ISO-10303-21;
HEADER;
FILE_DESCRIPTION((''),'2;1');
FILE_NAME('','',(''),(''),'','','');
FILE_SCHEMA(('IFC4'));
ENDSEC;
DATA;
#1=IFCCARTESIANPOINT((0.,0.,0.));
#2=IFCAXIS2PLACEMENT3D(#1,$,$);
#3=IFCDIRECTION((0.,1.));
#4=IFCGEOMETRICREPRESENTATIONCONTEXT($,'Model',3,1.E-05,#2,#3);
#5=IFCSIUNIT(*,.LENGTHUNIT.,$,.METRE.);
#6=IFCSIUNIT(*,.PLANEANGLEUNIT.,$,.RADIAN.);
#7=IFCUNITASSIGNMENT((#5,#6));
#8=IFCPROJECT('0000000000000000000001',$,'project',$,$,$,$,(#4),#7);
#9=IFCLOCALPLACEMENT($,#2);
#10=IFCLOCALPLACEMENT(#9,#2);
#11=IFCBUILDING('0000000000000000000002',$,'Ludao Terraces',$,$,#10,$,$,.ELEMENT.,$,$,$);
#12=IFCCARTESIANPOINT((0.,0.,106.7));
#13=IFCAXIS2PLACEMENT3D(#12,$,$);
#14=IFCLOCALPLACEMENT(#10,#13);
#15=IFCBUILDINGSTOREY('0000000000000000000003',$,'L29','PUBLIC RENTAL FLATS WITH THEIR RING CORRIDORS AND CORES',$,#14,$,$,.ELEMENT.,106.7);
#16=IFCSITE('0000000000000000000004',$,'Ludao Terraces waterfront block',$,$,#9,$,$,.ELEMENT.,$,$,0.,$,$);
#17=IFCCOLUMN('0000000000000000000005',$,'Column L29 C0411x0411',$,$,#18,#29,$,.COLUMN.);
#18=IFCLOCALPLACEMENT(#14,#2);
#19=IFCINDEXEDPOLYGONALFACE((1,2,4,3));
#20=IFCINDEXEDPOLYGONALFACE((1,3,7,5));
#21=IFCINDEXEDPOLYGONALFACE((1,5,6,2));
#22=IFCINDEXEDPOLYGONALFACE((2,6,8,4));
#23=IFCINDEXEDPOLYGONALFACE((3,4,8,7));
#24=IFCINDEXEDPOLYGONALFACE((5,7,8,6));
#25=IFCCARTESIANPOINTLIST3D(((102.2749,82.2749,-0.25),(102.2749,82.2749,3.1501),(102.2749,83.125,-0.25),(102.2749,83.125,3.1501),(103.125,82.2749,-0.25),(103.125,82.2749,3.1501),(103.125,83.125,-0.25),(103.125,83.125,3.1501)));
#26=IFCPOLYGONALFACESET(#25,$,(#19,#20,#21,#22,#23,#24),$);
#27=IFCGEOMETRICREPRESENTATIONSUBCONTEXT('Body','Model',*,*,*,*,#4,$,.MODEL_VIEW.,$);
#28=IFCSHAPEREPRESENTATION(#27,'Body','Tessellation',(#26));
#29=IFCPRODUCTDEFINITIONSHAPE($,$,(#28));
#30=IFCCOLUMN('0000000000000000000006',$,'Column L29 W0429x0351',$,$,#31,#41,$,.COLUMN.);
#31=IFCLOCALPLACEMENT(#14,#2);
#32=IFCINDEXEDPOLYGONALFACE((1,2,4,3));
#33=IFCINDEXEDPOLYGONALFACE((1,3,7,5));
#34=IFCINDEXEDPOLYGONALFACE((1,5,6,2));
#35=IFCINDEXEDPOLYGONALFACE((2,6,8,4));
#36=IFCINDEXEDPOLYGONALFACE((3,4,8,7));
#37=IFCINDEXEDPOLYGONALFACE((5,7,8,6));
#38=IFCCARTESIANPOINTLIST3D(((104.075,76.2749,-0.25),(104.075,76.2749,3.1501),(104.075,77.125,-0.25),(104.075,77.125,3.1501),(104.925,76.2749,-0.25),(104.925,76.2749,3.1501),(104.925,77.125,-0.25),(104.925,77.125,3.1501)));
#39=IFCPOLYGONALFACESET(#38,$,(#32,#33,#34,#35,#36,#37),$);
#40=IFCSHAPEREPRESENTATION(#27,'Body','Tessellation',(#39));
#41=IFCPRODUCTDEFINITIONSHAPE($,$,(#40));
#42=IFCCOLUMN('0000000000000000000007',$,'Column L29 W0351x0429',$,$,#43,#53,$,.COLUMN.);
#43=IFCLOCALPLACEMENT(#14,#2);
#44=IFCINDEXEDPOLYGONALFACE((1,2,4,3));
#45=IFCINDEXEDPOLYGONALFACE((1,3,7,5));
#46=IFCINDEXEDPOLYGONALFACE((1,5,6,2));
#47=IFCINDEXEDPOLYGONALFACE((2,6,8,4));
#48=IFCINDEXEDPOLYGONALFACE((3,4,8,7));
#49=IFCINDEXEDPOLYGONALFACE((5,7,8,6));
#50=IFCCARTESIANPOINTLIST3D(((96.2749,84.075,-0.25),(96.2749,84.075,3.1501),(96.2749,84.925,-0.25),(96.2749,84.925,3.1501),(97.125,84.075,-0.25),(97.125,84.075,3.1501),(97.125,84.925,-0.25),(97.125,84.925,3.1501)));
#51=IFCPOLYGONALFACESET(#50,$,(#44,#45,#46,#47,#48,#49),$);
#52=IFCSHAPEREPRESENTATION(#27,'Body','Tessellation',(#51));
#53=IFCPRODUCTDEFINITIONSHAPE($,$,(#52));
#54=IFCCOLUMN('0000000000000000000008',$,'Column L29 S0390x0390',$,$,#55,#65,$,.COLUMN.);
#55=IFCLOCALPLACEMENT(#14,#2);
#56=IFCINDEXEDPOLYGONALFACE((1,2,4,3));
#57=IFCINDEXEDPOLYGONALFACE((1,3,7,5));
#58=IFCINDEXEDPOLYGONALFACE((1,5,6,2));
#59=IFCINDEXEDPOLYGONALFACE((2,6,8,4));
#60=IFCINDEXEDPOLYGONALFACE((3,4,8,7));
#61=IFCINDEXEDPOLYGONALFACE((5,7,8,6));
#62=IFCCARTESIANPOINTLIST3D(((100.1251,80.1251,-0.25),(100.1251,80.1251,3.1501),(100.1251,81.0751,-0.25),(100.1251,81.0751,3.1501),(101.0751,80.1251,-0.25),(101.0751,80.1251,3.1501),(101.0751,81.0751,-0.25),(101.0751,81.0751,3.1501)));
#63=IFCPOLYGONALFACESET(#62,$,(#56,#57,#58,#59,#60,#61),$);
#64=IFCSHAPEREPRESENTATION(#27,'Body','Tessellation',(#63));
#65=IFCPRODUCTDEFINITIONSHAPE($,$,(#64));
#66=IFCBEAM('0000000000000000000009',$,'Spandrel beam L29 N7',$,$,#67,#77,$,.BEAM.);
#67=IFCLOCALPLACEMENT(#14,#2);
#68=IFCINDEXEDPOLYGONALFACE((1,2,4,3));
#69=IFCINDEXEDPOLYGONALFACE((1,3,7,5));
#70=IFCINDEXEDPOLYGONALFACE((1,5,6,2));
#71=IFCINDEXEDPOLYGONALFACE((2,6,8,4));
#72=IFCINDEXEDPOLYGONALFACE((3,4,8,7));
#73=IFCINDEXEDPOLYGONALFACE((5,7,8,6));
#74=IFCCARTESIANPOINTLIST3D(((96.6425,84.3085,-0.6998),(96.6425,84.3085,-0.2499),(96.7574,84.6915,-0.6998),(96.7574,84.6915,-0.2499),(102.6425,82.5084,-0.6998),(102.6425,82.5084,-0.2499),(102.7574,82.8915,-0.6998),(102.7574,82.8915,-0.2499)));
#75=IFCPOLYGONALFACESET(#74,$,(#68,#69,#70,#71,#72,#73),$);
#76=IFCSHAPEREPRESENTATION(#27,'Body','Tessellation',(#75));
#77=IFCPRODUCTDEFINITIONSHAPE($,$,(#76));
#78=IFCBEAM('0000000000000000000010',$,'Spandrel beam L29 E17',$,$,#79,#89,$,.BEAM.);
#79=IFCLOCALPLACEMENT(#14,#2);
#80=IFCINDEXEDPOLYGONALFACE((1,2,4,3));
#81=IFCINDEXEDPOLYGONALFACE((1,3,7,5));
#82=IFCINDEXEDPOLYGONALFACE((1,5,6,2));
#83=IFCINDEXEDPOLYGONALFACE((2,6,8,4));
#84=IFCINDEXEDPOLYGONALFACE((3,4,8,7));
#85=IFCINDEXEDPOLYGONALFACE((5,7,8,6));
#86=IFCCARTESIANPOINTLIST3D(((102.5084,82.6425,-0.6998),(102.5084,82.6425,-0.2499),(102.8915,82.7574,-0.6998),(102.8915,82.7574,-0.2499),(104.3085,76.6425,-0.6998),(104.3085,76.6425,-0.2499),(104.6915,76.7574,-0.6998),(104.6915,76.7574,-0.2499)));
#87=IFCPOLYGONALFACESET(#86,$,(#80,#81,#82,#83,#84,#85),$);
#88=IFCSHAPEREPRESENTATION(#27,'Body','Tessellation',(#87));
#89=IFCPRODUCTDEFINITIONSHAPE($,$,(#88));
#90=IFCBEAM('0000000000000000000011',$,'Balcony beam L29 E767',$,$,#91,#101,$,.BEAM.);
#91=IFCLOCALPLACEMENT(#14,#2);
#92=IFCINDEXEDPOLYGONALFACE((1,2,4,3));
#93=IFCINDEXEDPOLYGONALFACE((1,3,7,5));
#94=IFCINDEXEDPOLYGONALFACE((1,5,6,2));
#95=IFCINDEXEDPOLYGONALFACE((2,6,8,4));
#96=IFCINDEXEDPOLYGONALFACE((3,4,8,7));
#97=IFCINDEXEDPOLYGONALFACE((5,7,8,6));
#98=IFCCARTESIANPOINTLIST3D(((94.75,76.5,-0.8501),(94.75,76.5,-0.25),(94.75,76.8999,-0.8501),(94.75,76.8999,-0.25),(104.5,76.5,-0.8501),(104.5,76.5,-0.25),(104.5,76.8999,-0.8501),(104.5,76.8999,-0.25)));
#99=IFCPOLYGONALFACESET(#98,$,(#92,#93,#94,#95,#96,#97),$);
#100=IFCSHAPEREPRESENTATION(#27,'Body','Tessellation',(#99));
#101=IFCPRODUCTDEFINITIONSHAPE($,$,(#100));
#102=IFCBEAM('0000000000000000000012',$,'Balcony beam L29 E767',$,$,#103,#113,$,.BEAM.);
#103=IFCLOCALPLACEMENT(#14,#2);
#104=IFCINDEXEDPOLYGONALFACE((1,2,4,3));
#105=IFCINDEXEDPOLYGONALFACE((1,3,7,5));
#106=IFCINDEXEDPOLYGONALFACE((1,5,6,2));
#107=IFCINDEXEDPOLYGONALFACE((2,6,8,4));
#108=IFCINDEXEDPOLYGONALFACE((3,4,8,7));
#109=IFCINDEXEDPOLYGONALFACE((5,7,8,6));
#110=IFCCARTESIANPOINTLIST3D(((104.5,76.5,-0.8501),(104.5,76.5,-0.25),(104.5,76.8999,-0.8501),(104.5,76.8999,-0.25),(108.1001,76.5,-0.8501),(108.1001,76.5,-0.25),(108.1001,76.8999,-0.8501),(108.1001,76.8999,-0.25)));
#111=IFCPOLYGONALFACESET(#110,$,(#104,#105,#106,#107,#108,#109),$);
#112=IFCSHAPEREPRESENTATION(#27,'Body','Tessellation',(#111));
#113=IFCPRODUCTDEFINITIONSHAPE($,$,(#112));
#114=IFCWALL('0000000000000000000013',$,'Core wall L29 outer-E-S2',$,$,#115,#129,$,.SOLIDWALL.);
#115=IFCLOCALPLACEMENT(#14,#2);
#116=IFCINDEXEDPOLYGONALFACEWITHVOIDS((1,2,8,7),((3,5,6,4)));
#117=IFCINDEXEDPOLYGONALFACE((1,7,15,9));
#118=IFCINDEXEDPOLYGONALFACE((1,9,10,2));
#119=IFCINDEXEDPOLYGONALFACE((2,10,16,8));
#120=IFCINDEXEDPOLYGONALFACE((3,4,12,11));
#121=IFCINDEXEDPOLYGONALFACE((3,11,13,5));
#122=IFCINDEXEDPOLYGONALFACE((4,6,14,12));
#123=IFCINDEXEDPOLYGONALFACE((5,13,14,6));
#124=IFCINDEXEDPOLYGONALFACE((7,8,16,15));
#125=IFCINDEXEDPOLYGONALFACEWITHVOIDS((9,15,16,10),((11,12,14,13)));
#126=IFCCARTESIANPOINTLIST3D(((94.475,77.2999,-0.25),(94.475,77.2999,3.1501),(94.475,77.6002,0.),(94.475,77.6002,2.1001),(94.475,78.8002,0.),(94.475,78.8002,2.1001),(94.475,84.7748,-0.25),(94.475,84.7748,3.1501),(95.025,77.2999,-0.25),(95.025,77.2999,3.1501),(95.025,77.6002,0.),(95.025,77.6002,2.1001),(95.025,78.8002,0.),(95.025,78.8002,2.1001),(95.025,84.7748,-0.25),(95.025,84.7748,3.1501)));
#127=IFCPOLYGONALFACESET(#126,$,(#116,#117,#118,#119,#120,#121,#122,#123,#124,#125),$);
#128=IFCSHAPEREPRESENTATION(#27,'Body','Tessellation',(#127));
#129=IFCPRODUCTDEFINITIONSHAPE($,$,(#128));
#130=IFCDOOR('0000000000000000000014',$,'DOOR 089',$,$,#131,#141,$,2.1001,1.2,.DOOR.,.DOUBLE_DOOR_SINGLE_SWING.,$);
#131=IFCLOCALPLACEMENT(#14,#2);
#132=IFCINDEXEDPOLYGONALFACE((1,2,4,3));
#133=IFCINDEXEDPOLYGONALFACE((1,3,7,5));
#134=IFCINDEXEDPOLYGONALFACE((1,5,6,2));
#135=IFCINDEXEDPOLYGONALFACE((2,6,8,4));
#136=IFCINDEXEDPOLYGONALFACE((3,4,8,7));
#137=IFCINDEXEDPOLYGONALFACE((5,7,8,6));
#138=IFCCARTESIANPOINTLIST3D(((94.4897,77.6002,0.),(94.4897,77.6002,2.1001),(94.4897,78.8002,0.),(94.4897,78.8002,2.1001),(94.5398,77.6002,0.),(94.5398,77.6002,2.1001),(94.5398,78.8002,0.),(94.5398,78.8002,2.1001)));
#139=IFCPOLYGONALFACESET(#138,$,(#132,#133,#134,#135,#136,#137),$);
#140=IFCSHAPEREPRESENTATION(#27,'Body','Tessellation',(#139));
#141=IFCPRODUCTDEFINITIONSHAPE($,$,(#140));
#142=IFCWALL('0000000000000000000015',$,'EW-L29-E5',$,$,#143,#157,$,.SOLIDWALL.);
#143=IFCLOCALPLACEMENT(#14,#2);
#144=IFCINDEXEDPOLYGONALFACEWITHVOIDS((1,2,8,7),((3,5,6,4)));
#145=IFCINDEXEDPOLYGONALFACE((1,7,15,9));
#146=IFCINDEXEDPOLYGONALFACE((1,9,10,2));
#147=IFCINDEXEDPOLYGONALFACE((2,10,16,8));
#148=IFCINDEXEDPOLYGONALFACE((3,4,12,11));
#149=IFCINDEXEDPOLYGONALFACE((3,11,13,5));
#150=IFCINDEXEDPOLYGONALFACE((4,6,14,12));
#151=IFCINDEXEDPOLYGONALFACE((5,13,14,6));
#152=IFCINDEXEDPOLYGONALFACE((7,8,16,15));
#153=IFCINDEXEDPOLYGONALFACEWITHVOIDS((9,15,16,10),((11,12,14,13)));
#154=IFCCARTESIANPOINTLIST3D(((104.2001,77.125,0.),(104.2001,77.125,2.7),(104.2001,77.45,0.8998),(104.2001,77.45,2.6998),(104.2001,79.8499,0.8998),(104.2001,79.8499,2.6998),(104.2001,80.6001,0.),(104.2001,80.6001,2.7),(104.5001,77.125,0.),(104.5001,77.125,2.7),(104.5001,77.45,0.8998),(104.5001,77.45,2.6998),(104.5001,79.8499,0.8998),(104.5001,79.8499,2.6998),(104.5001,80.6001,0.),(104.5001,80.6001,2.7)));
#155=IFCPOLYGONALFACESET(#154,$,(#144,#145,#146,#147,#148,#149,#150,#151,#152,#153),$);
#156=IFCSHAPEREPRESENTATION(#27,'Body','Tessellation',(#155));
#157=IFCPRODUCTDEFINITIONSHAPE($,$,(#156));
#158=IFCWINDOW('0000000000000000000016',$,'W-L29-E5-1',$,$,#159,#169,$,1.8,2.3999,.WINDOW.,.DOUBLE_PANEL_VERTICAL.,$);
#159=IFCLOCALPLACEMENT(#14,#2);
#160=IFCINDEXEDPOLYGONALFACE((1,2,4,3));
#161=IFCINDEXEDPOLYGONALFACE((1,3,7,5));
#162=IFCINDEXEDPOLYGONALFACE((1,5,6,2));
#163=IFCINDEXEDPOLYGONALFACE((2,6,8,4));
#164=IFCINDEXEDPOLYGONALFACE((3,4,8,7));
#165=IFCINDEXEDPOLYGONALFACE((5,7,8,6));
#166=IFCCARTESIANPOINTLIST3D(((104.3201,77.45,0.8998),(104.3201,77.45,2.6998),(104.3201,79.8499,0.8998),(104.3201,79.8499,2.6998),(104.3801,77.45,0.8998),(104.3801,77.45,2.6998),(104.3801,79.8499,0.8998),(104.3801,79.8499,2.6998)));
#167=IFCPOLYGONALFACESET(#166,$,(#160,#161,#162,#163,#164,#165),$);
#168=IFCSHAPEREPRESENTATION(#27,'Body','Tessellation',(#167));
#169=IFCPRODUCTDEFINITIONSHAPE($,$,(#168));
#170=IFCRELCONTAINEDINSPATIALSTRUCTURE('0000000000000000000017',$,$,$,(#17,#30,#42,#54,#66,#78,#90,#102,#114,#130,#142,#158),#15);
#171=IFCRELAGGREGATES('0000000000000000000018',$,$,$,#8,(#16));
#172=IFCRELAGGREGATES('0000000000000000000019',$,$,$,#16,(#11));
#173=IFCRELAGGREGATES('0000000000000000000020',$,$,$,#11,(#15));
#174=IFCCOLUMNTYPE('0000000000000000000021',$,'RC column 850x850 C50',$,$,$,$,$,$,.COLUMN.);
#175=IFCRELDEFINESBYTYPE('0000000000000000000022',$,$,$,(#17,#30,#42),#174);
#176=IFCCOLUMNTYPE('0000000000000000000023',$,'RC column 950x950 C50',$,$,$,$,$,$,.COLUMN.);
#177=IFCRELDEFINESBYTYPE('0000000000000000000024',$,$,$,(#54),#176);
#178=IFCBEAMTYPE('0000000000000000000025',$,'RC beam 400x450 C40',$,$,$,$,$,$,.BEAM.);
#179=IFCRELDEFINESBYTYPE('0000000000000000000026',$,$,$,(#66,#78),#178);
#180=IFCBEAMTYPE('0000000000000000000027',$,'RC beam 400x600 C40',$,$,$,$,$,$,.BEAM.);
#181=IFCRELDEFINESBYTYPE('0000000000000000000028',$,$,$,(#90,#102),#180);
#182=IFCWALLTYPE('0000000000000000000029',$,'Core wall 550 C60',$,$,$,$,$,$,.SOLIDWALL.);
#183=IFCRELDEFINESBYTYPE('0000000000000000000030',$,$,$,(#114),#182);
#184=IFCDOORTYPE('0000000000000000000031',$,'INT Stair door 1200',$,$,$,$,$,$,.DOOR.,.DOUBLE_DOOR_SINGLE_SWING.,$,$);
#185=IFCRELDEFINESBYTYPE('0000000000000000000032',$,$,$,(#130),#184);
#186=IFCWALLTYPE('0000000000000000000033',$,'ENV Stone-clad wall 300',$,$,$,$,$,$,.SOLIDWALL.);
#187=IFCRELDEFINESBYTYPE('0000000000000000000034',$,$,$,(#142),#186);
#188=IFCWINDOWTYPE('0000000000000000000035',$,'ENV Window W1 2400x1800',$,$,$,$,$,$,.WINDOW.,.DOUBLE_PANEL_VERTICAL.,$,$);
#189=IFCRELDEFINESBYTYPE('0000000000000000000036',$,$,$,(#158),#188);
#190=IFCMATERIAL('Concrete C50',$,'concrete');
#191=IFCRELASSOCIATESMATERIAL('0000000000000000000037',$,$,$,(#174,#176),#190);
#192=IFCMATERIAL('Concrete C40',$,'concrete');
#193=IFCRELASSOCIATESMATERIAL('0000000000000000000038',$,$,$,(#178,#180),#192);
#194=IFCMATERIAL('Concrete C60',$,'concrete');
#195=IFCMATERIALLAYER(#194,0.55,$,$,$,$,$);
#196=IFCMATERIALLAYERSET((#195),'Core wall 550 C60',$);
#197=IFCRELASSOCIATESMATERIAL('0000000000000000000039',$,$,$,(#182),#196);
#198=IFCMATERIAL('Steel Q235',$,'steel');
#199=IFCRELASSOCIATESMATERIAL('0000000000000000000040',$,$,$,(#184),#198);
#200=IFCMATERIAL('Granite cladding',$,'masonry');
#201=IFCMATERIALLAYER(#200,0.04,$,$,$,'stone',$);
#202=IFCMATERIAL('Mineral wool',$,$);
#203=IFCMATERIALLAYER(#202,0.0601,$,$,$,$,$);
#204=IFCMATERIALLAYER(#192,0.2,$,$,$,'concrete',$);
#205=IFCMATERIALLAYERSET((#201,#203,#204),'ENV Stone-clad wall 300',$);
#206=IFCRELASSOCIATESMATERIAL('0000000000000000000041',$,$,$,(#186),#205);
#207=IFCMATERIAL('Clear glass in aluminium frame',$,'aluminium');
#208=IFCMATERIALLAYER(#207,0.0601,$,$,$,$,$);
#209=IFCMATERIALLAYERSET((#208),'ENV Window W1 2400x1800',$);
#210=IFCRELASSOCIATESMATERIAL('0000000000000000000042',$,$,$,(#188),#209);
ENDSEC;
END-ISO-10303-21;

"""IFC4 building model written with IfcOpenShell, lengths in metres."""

from ifc_helpers import new_model, si_unit, direction, frame, frame_2d, origin, origin_2d, place, context, subcontext, project, spatial, rectangle, extrude, material, layer, layer_set, material_profile, profile_set, type_object, element, fill, save


model = new_model("IFC4")

# Units and contexts
model_context = context("Model", 3, precision=1e-05, world=origin(), true_north=direction((0.0, 1.0)))
body_context = subcontext(model_context, "Body", "Model", "MODEL_VIEW")
ifc_project = project(units=[si_unit("LENGTHUNIT", "METRE"), si_unit("PLANEANGLEUNIT", "RADIAN")], contexts=[model_context])

# Site, building, storey
site_placement = place(None, origin())
site = spatial("IfcSite", under=ifc_project, at=site_placement, Name="Ludao Terraces waterfront block", CompositionType="ELEMENT", RefElevation=0.0)
building_placement = place(site_placement, origin())
building = spatial("IfcBuilding", under=site, at=building_placement, Name="Ludao Terraces", CompositionType="ELEMENT")
storey_placement = place(building_placement, frame((0.0, 0.0, 106.7)))
storey = spatial("IfcBuildingStorey", under=building, at=storey_placement, Name="L29", Description="PUBLIC RENTAL FLATS WITH THEIR RING CORRIDORS AND CORES", CompositionType="ELEMENT", Elevation=106.7)

# Columns
ifc_material_1 = material(Name="Concrete C50", Category="concrete")
ifc_material_profile_1 = material_profile(ifc_material_1, rectangle(XDim=0.8501, YDim=0.8501, at=origin_2d()), Name="850 X 850")
ifc_profile_set_1 = profile_set([ifc_material_profile_1], Name="Concrete C50")
column_type_1 = type_object("IfcColumnType", Name="RC column 850x850 C50", PredefinedType="COLUMN", material=ifc_profile_set_1)
for number, where, z_axis, x_axis, name in (
    (1, (102.7, 82.7, -0.25), (0.0, 0.0, 1.0), (1.0, 0.0, 0.0), "Column L29 C0411x0411"),
    (2, (104.5, 76.7, -0.25), (0.0, 0.0, 1.0), (1.0, 0.0, 0.0), "Column L29 W0429x0351"),
    (3, (96.7, 84.5, -0.25), (0.0, 0.0, 1.0), (1.0, 0.0, 0.0), "Column L29 W0351x0429"),
):
    element("IfcColumn", number, at=place(storey_placement, frame(where, z_axis=z_axis, x_axis=x_axis)), inside=storey, type_object=column_type_1, Name=name, PredefinedType="COLUMN", context=body_context, shape_type="SweptSolid", body=[
        extrude(rectangle(XDim=0.8501, YDim=0.8501, at=origin_2d()), origin(), (0.0, 0.0, 1.0), 3.4001),
    ])
ifc_material_profile_2 = material_profile(ifc_material_1, rectangle(XDim=0.95, YDim=0.95, at=origin_2d()), Name="950 X 950")
ifc_profile_set_2 = profile_set([ifc_material_profile_2], Name="Concrete C50")
column_type_2 = type_object("IfcColumnType", Name="RC column 950x950 C50", PredefinedType="COLUMN", material=ifc_profile_set_2)
column_placement = place(storey_placement, frame((100.6001, 80.6001, -0.25), z_axis=(0.0, 0.0, 1.0), x_axis=(1.0, 0.0, 0.0)))
element("IfcColumn", 4, at=column_placement, inside=storey, type_object=column_type_2, Name="Column L29 S0390x0390", PredefinedType="COLUMN", context=body_context, shape_type="SweptSolid", body=[
    extrude(rectangle(XDim=0.95, YDim=0.95, at=origin_2d()), origin(), (0.0, 0.0, 1.0), 3.4001),
])

# Beams
ifc_material_2 = material(Name="Concrete C40", Category="concrete")
ifc_material_profile_3 = material_profile(ifc_material_2, rectangle(XDim=0.3999, YDim=0.45, at=origin_2d()), Name="400 X 450")
ifc_profile_set_3 = profile_set([ifc_material_profile_3], Name="Concrete C40")
beam_type_1 = type_object("IfcBeamType", Name="RC beam 400x450 C40", PredefinedType="BEAM", material=ifc_profile_set_3)
for number, where, z_axis, x_axis, name in (
    (5, (96.7, 84.5, -0.4749), (0.957824, -0.287355, 0.0), (0.287355, 0.957824, 0.0), "Spandrel beam L29 N7"),
    (6, (104.5, 76.7, -0.4749), (-0.287355, 0.957824, 0.0), (-0.957824, -0.287355, 0.0), "Spandrel beam L29 E17"),
):
    element("IfcBeam", number, at=place(storey_placement, frame(where, z_axis=z_axis, x_axis=x_axis)), inside=storey, type_object=beam_type_1, Name=name, PredefinedType="BEAM", context=body_context, shape_type="SweptSolid", body=[
        extrude(rectangle(XDim=0.3999, YDim=0.45, at=origin_2d()), origin(), (0.0, 0.0, 1.0), 6.2642),
    ])
ifc_material_profile_4 = material_profile(ifc_material_2, rectangle(XDim=0.3999, YDim=0.6001, at=origin_2d()), Name="400 X 600")
ifc_profile_set_4 = profile_set([ifc_material_profile_4], Name="Concrete C40")
beam_type_2 = type_object("IfcBeamType", Name="RC beam 400x600 C40", PredefinedType="BEAM", material=ifc_profile_set_4)
beam_1_placement = place(storey_placement, frame((94.75, 76.7, -0.55), z_axis=(1.0, 0.0, 0.0), x_axis=(0.0, 1.0, 0.0)))
element("IfcBeam", 7, at=beam_1_placement, inside=storey, type_object=beam_type_2, Name="Balcony beam L29 E767", PredefinedType="BEAM", context=body_context, shape_type="SweptSolid", body=[
    extrude(rectangle(XDim=0.3999, YDim=0.6001, at=origin_2d()), origin(), (0.0, 0.0, 1.0), 9.75),
])
beam_2_placement = place(storey_placement, frame((104.5, 76.7, -0.55), z_axis=(1.0, 0.0, 0.0), x_axis=(0.0, 1.0, 0.0)))
element("IfcBeam", 8, at=beam_2_placement, inside=storey, type_object=beam_type_2, Name="Balcony beam L29 E767", PredefinedType="BEAM", context=body_context, shape_type="SweptSolid", body=[
    extrude(rectangle(XDim=0.3999, YDim=0.6001, at=origin_2d()), origin(), (0.0, 0.0, 1.0), 3.6001),
])

# Wall, opening, door
ifc_material_3 = material(Name="Concrete C60", Category="concrete")
ifc_layer_1 = layer(ifc_material_3, 0.55)
ifc_layer_set_1 = layer_set([ifc_layer_1], Name="Core wall 550 C60")
wall_type_1 = type_object("IfcWallType", Name="Core wall 550 C60", PredefinedType="SOLIDWALL", material=ifc_layer_set_1)
wall_1_placement = place(storey_placement, frame((94.75, 77.3, -0.25), z_axis=(0.0, 0.0, 1.0), x_axis=(0.0, 1.0, 0.0)))
wall_1 = element("IfcWall", 9, at=wall_1_placement, inside=storey, type_object=wall_type_1, Name="Core wall L29 outer-E-S2", PredefinedType="SOLIDWALL", context=body_context, shape_type="SweptSolid", body=[
    extrude(rectangle(XDim=7.4749, YDim=0.55, at=frame_2d((3.7373, 0.0))), origin(), (0.0, 0.0, 1.0), 3.4001),
])
opening_1_placement = place(wall_1_placement, frame((0.3, 0.0, 0.25)))
opening_1 = element("IfcOpeningElement", 10, at=opening_1_placement, cuts=wall_1, PredefinedType="OPENING", context=body_context, shape_type="SweptSolid", body=[
    extrude(rectangle(XDim=1.2, YDim=2.1001, at=frame_2d((0.6001, 1.05))), frame((0.0, 0.2852, 0.0), z_axis=(0.0, -1.0, 0.0), x_axis=(1.0, 0.0, 0.0)), (0.0, 0.0, 1.0), 0.5701),
])
ifc_material_4 = material(Name="Steel Q235", Category="steel")
door_type_1 = type_object("IfcDoorType", Name="INT Stair door 1200", OperationType="DOUBLE_DOOR_SINGLE_SWING", PredefinedType="DOOR", material=ifc_material_4)
door_1_placement = place(opening_1_placement, origin())
door_1 = element("IfcDoor", 11, at=door_1_placement, inside=storey, type_object=door_type_1, Name="DOOR 089", OperationType="DOUBLE_DOOR_SINGLE_SWING", OverallHeight=2.1001, OverallWidth=1.2, PredefinedType="DOOR", context=body_context, shape_type="SweptSolid", body=[
    extrude(rectangle(XDim=1.2, YDim=2.1001, at=frame_2d((0.6001, 1.05))), frame((0.0, 0.2603, 0.0), z_axis=(0.0, -1.0, 0.0), x_axis=(1.0, 0.0, 0.0)), (0.0, 0.0, 1.0), 0.05),
])
fill(opening_1, door_1)

# Wall, opening, window
ifc_material_5 = material(Name="Granite cladding", Category="masonry")
ifc_layer_2 = layer(ifc_material_5, 0.04, Category="stone")
ifc_material_6 = material(Name="Mineral wool")
ifc_layer_3 = layer(ifc_material_6, 0.0601)
ifc_layer_4 = layer(ifc_material_2, 0.2, Category="concrete")
ifc_layer_set_2 = layer_set([ifc_layer_2, ifc_layer_3, ifc_layer_4], Name="ENV Stone-clad wall 300")
wall_type_2 = type_object("IfcWallType", Name="ENV Stone-clad wall 300", PredefinedType="SOLIDWALL", material=ifc_layer_set_2)
wall_2_placement = place(storey_placement, frame((104.3501, 77.125, 0.0), z_axis=(0.0, 0.0, 1.0), x_axis=(0.0, 1.0, 0.0)))
wall_2 = element("IfcWall", 12, at=wall_2_placement, inside=storey, type_object=wall_type_2, Name="EW-L29-E5", PredefinedType="SOLIDWALL", context=body_context, shape_type="SweptSolid", body=[
    extrude(rectangle(XDim=3.4751, YDim=0.3, at=frame_2d((1.7375, 0.0))), origin(), (0.0, 0.0, 1.0), 2.7),
])
opening_2_placement = place(wall_2_placement, frame((0.325, 0.0, 0.8999)))
opening_2 = element("IfcOpeningElement", 13, at=opening_2_placement, cuts=wall_2, PredefinedType="OPENING", context=body_context, shape_type="SweptSolid", body=[
    extrude(rectangle(XDim=2.3999, YDim=1.8, at=frame_2d((1.2, 0.8999))), frame((0.0, 0.1602, 0.0), z_axis=(0.0, -1.0, 0.0), x_axis=(1.0, 0.0, 0.0)), (0.0, 0.0, 1.0), 0.3201),
])
ifc_material_7 = material(Name="Clear glass in aluminium frame", Category="aluminium")
ifc_layer_5 = layer(ifc_material_7, 0.0601)
ifc_layer_set_3 = layer_set([ifc_layer_5], Name="ENV Window W1 2400x1800")
window_type_1 = type_object("IfcWindowType", Name="ENV Window W1 2400x1800", PartitioningType="DOUBLE_PANEL_VERTICAL", PredefinedType="WINDOW", material=ifc_layer_set_3)
window_1_placement = place(opening_2_placement, origin())
window_1 = element("IfcWindow", 14, at=window_1_placement, inside=storey, type_object=window_type_1, Name="W-L29-E5-1", OverallHeight=1.8, OverallWidth=2.3999, PartitioningType="DOUBLE_PANEL_VERTICAL", PredefinedType="WINDOW", context=body_context, shape_type="SweptSolid", body=[
    extrude(rectangle(XDim=2.3999, YDim=1.8, at=frame_2d((1.2, 0.8999))), frame((0.0, 0.03, 0.0), z_axis=(0.0, -1.0, 0.0), x_axis=(1.0, 0.0, 0.0)), (0.0, 0.0, 1.0), 0.0601),
])
fill(opening_2, window_1)

save(model, "model.ifc")
